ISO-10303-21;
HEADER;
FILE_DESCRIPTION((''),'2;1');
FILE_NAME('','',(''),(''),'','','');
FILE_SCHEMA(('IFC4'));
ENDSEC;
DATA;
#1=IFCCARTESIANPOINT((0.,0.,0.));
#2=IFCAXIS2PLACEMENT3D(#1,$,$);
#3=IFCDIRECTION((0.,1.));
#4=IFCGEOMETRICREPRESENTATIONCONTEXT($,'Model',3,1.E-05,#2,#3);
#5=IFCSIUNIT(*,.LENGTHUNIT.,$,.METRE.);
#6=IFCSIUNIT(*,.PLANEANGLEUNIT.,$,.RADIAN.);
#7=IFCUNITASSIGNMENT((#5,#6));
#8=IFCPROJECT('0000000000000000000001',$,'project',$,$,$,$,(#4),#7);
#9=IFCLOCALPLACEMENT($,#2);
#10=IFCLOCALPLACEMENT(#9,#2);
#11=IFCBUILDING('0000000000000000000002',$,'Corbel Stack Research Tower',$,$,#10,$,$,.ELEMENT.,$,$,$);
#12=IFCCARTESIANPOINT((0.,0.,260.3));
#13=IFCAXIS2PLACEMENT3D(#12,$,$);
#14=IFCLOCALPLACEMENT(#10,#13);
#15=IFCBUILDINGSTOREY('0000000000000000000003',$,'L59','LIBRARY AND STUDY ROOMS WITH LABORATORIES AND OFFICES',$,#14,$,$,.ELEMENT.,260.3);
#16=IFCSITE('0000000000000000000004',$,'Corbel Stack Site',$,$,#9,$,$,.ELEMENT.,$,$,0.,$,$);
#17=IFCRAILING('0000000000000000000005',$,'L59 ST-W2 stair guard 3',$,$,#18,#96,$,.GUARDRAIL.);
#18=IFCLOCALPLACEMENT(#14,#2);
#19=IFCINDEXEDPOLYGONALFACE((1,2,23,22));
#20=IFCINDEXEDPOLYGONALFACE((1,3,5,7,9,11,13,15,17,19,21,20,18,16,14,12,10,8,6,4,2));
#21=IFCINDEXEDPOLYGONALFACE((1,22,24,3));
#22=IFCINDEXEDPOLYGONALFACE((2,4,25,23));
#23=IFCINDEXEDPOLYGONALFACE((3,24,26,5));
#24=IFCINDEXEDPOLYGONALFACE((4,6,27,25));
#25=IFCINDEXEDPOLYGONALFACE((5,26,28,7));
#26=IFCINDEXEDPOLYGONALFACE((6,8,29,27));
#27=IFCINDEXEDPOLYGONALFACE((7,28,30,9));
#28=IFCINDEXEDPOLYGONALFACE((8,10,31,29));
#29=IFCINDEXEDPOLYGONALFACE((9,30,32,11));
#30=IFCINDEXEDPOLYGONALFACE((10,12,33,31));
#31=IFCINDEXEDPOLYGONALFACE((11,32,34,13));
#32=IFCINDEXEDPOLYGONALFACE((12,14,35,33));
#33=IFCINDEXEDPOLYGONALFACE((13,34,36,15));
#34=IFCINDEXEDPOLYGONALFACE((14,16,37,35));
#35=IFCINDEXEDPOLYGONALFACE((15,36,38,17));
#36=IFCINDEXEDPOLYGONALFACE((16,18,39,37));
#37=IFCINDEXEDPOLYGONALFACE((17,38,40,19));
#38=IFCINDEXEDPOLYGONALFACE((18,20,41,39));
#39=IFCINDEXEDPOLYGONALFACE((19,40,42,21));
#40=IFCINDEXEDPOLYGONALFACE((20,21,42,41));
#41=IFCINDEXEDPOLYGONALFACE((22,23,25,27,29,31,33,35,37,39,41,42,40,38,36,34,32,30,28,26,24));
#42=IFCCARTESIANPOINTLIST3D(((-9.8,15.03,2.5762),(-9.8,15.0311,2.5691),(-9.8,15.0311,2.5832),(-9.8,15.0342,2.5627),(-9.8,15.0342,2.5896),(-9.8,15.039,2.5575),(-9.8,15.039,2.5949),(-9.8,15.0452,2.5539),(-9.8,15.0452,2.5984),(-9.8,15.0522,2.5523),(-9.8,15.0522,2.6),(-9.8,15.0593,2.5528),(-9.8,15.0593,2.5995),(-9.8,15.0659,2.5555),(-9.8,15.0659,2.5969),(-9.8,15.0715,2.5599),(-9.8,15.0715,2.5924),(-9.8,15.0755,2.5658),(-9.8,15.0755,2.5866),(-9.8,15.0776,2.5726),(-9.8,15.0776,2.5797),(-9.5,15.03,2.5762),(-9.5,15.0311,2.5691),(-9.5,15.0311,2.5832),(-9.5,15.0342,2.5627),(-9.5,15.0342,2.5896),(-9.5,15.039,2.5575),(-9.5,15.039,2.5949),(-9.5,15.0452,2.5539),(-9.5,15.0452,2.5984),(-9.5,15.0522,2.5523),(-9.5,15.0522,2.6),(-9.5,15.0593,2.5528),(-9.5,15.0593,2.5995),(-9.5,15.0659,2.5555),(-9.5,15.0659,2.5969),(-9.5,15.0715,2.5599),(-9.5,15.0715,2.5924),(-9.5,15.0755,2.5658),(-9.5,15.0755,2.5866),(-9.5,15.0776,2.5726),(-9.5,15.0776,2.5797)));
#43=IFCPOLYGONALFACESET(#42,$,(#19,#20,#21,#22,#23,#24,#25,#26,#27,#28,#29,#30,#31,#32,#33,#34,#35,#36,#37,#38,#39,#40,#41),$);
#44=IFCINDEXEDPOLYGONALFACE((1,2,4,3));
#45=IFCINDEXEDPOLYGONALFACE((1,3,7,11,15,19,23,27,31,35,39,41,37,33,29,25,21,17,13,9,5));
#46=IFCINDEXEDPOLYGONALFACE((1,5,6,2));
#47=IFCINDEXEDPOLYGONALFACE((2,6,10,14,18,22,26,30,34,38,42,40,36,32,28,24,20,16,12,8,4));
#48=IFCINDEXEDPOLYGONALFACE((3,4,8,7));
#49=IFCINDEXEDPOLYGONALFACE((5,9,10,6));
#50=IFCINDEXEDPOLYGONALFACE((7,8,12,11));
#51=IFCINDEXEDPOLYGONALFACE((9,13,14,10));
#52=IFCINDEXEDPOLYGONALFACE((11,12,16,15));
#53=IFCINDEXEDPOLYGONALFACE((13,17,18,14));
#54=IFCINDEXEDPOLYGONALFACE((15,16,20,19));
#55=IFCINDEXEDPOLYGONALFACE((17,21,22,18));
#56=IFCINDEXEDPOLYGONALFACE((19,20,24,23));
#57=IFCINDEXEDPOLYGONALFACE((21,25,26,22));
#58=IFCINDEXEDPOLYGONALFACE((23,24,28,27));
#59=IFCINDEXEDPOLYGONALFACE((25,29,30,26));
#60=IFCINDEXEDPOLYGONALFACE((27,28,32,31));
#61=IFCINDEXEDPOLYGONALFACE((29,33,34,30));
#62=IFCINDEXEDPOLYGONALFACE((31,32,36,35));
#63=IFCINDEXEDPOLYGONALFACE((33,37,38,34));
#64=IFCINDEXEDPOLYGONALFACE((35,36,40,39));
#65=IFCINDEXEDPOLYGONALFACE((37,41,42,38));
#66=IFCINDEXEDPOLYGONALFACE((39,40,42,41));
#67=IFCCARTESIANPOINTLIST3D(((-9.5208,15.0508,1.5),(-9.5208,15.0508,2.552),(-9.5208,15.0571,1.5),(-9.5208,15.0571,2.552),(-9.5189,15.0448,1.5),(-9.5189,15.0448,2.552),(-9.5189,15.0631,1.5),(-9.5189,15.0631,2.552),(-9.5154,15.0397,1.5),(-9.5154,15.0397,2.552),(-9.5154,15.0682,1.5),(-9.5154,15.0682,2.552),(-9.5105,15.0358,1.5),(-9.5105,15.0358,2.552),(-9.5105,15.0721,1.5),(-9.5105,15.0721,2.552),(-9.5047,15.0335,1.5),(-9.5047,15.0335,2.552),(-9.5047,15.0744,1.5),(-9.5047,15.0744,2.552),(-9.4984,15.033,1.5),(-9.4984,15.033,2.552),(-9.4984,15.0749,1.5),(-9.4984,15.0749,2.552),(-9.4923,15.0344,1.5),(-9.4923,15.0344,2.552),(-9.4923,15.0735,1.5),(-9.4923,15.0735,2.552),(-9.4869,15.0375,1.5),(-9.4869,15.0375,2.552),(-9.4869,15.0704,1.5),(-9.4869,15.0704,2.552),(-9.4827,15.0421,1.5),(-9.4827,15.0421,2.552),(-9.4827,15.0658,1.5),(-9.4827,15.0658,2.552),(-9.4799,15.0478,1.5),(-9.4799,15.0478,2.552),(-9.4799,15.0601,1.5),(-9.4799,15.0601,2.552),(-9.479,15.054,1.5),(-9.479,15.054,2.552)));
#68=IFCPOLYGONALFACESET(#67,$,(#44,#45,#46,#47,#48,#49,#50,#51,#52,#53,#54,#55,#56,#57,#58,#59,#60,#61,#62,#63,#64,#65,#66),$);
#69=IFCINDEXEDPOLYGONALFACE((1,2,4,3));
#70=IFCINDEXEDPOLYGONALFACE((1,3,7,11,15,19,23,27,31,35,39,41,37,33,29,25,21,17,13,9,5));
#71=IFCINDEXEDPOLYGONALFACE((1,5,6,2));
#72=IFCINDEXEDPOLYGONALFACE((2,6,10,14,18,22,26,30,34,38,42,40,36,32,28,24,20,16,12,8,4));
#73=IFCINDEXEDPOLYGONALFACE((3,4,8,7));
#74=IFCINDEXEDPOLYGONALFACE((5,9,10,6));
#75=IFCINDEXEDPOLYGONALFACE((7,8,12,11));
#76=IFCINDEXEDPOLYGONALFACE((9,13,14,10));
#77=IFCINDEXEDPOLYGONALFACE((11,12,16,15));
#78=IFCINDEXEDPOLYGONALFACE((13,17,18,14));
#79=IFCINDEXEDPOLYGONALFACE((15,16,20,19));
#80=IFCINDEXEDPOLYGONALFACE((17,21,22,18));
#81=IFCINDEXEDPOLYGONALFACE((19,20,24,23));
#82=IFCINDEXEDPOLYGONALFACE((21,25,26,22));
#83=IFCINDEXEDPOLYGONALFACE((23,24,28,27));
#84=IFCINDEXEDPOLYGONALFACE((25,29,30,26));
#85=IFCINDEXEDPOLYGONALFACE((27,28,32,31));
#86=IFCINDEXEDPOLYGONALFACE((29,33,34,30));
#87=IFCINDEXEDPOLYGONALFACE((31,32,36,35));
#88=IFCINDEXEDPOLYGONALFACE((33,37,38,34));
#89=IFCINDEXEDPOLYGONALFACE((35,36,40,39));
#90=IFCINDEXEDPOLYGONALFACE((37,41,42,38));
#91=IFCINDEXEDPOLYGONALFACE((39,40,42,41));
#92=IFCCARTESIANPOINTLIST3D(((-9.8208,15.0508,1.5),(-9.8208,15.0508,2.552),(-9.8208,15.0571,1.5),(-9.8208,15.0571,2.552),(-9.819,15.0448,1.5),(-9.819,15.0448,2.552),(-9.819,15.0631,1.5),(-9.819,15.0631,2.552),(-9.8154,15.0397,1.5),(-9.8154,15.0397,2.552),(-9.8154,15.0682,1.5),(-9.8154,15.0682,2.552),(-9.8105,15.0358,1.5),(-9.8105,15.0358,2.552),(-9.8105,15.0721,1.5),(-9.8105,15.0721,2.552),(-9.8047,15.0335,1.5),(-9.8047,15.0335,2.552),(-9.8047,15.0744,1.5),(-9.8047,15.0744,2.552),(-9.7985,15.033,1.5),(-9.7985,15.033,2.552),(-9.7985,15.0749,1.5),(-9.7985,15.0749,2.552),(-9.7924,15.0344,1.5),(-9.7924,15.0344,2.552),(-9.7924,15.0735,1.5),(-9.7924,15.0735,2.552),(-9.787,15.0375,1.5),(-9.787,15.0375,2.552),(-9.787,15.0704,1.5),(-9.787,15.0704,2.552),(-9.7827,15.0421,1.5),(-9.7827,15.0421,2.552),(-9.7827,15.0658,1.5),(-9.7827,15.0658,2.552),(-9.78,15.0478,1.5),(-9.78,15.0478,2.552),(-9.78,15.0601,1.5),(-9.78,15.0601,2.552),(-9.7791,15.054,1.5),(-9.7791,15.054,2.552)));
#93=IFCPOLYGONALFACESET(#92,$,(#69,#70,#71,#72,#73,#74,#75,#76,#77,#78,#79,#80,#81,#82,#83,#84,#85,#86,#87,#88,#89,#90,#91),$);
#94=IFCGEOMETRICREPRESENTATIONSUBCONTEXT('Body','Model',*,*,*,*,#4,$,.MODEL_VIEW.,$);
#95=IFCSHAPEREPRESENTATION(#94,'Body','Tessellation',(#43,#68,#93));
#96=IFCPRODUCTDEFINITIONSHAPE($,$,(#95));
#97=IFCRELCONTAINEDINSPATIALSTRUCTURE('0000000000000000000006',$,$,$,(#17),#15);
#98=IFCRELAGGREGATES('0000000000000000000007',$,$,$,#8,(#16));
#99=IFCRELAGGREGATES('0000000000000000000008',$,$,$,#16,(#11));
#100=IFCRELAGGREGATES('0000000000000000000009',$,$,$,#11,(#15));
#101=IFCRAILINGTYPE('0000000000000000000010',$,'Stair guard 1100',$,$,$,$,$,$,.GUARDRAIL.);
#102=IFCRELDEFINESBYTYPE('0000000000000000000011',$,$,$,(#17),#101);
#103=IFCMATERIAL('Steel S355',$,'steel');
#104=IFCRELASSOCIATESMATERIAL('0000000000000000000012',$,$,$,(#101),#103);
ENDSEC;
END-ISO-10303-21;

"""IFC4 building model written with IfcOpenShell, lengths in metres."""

from ifc_helpers import new_model, si_unit, direction, frame, origin, origin_2d, place, context, subcontext, project, spatial, circle, extrude, material, type_object, element, save


model = new_model("IFC4")

# Units and contexts
model_context = context("Model", 3, precision=1e-05, world=origin(), true_north=direction((0.0, 1.0)))
body_context = subcontext(model_context, "Body", "Model", "MODEL_VIEW")
ifc_project = project(units=[si_unit("LENGTHUNIT", "METRE"), si_unit("PLANEANGLEUNIT", "RADIAN")], contexts=[model_context])

# Site, building, storey
site_placement = place(None, origin())
site = spatial("IfcSite", under=ifc_project, at=site_placement, Name="Corbel Stack Site", CompositionType="ELEMENT", RefElevation=0.0)
building_placement = place(site_placement, origin())
building = spatial("IfcBuilding", under=site, at=building_placement, Name="Corbel Stack Research Tower", CompositionType="ELEMENT")
storey_placement = place(building_placement, frame((0.0, 0.0, 260.3)))
storey = spatial("IfcBuildingStorey", under=building, at=storey_placement, Name="L59", Description="LIBRARY AND STUDY ROOMS WITH LABORATORIES AND OFFICES", CompositionType="ELEMENT", Elevation=260.3)

# Railing
ifc_material_1 = material(Name="Steel S355", Category="steel")
railing_type_1 = type_object("IfcRailingType", Name="Stair guard 1100", PredefinedType="GUARDRAIL", material=ifc_material_1)
railing_1_placement = place(storey_placement, frame((-9.5, 15.054, 1.5)))
element("IfcRailing", 1, at=railing_1_placement, inside=storey, type_object=railing_type_1, Name="L59 ST-W2 stair guard 3", PredefinedType="GUARDRAIL", context=body_context, shape_type="SweptSolid", body=[
    extrude(circle(Radius=0.0239, at=origin_2d()), frame((0.0, 0.0, 1.0762), z_axis=(-1.0, 0.0, 0.0), x_axis=(0.0, -1.0, 0.0)), (0.0, 0.0, 1.0), 0.3),
    extrude(circle(Radius=0.021, at=origin_2d()), origin(), (0.0, 0.0, 1.0), 1.052),
    extrude(circle(Radius=0.021, at=origin_2d()), frame((-0.3, 0.0, 0.0)), (0.0, 0.0, 1.0), 1.052),
])

save(model, "model.ifc")
